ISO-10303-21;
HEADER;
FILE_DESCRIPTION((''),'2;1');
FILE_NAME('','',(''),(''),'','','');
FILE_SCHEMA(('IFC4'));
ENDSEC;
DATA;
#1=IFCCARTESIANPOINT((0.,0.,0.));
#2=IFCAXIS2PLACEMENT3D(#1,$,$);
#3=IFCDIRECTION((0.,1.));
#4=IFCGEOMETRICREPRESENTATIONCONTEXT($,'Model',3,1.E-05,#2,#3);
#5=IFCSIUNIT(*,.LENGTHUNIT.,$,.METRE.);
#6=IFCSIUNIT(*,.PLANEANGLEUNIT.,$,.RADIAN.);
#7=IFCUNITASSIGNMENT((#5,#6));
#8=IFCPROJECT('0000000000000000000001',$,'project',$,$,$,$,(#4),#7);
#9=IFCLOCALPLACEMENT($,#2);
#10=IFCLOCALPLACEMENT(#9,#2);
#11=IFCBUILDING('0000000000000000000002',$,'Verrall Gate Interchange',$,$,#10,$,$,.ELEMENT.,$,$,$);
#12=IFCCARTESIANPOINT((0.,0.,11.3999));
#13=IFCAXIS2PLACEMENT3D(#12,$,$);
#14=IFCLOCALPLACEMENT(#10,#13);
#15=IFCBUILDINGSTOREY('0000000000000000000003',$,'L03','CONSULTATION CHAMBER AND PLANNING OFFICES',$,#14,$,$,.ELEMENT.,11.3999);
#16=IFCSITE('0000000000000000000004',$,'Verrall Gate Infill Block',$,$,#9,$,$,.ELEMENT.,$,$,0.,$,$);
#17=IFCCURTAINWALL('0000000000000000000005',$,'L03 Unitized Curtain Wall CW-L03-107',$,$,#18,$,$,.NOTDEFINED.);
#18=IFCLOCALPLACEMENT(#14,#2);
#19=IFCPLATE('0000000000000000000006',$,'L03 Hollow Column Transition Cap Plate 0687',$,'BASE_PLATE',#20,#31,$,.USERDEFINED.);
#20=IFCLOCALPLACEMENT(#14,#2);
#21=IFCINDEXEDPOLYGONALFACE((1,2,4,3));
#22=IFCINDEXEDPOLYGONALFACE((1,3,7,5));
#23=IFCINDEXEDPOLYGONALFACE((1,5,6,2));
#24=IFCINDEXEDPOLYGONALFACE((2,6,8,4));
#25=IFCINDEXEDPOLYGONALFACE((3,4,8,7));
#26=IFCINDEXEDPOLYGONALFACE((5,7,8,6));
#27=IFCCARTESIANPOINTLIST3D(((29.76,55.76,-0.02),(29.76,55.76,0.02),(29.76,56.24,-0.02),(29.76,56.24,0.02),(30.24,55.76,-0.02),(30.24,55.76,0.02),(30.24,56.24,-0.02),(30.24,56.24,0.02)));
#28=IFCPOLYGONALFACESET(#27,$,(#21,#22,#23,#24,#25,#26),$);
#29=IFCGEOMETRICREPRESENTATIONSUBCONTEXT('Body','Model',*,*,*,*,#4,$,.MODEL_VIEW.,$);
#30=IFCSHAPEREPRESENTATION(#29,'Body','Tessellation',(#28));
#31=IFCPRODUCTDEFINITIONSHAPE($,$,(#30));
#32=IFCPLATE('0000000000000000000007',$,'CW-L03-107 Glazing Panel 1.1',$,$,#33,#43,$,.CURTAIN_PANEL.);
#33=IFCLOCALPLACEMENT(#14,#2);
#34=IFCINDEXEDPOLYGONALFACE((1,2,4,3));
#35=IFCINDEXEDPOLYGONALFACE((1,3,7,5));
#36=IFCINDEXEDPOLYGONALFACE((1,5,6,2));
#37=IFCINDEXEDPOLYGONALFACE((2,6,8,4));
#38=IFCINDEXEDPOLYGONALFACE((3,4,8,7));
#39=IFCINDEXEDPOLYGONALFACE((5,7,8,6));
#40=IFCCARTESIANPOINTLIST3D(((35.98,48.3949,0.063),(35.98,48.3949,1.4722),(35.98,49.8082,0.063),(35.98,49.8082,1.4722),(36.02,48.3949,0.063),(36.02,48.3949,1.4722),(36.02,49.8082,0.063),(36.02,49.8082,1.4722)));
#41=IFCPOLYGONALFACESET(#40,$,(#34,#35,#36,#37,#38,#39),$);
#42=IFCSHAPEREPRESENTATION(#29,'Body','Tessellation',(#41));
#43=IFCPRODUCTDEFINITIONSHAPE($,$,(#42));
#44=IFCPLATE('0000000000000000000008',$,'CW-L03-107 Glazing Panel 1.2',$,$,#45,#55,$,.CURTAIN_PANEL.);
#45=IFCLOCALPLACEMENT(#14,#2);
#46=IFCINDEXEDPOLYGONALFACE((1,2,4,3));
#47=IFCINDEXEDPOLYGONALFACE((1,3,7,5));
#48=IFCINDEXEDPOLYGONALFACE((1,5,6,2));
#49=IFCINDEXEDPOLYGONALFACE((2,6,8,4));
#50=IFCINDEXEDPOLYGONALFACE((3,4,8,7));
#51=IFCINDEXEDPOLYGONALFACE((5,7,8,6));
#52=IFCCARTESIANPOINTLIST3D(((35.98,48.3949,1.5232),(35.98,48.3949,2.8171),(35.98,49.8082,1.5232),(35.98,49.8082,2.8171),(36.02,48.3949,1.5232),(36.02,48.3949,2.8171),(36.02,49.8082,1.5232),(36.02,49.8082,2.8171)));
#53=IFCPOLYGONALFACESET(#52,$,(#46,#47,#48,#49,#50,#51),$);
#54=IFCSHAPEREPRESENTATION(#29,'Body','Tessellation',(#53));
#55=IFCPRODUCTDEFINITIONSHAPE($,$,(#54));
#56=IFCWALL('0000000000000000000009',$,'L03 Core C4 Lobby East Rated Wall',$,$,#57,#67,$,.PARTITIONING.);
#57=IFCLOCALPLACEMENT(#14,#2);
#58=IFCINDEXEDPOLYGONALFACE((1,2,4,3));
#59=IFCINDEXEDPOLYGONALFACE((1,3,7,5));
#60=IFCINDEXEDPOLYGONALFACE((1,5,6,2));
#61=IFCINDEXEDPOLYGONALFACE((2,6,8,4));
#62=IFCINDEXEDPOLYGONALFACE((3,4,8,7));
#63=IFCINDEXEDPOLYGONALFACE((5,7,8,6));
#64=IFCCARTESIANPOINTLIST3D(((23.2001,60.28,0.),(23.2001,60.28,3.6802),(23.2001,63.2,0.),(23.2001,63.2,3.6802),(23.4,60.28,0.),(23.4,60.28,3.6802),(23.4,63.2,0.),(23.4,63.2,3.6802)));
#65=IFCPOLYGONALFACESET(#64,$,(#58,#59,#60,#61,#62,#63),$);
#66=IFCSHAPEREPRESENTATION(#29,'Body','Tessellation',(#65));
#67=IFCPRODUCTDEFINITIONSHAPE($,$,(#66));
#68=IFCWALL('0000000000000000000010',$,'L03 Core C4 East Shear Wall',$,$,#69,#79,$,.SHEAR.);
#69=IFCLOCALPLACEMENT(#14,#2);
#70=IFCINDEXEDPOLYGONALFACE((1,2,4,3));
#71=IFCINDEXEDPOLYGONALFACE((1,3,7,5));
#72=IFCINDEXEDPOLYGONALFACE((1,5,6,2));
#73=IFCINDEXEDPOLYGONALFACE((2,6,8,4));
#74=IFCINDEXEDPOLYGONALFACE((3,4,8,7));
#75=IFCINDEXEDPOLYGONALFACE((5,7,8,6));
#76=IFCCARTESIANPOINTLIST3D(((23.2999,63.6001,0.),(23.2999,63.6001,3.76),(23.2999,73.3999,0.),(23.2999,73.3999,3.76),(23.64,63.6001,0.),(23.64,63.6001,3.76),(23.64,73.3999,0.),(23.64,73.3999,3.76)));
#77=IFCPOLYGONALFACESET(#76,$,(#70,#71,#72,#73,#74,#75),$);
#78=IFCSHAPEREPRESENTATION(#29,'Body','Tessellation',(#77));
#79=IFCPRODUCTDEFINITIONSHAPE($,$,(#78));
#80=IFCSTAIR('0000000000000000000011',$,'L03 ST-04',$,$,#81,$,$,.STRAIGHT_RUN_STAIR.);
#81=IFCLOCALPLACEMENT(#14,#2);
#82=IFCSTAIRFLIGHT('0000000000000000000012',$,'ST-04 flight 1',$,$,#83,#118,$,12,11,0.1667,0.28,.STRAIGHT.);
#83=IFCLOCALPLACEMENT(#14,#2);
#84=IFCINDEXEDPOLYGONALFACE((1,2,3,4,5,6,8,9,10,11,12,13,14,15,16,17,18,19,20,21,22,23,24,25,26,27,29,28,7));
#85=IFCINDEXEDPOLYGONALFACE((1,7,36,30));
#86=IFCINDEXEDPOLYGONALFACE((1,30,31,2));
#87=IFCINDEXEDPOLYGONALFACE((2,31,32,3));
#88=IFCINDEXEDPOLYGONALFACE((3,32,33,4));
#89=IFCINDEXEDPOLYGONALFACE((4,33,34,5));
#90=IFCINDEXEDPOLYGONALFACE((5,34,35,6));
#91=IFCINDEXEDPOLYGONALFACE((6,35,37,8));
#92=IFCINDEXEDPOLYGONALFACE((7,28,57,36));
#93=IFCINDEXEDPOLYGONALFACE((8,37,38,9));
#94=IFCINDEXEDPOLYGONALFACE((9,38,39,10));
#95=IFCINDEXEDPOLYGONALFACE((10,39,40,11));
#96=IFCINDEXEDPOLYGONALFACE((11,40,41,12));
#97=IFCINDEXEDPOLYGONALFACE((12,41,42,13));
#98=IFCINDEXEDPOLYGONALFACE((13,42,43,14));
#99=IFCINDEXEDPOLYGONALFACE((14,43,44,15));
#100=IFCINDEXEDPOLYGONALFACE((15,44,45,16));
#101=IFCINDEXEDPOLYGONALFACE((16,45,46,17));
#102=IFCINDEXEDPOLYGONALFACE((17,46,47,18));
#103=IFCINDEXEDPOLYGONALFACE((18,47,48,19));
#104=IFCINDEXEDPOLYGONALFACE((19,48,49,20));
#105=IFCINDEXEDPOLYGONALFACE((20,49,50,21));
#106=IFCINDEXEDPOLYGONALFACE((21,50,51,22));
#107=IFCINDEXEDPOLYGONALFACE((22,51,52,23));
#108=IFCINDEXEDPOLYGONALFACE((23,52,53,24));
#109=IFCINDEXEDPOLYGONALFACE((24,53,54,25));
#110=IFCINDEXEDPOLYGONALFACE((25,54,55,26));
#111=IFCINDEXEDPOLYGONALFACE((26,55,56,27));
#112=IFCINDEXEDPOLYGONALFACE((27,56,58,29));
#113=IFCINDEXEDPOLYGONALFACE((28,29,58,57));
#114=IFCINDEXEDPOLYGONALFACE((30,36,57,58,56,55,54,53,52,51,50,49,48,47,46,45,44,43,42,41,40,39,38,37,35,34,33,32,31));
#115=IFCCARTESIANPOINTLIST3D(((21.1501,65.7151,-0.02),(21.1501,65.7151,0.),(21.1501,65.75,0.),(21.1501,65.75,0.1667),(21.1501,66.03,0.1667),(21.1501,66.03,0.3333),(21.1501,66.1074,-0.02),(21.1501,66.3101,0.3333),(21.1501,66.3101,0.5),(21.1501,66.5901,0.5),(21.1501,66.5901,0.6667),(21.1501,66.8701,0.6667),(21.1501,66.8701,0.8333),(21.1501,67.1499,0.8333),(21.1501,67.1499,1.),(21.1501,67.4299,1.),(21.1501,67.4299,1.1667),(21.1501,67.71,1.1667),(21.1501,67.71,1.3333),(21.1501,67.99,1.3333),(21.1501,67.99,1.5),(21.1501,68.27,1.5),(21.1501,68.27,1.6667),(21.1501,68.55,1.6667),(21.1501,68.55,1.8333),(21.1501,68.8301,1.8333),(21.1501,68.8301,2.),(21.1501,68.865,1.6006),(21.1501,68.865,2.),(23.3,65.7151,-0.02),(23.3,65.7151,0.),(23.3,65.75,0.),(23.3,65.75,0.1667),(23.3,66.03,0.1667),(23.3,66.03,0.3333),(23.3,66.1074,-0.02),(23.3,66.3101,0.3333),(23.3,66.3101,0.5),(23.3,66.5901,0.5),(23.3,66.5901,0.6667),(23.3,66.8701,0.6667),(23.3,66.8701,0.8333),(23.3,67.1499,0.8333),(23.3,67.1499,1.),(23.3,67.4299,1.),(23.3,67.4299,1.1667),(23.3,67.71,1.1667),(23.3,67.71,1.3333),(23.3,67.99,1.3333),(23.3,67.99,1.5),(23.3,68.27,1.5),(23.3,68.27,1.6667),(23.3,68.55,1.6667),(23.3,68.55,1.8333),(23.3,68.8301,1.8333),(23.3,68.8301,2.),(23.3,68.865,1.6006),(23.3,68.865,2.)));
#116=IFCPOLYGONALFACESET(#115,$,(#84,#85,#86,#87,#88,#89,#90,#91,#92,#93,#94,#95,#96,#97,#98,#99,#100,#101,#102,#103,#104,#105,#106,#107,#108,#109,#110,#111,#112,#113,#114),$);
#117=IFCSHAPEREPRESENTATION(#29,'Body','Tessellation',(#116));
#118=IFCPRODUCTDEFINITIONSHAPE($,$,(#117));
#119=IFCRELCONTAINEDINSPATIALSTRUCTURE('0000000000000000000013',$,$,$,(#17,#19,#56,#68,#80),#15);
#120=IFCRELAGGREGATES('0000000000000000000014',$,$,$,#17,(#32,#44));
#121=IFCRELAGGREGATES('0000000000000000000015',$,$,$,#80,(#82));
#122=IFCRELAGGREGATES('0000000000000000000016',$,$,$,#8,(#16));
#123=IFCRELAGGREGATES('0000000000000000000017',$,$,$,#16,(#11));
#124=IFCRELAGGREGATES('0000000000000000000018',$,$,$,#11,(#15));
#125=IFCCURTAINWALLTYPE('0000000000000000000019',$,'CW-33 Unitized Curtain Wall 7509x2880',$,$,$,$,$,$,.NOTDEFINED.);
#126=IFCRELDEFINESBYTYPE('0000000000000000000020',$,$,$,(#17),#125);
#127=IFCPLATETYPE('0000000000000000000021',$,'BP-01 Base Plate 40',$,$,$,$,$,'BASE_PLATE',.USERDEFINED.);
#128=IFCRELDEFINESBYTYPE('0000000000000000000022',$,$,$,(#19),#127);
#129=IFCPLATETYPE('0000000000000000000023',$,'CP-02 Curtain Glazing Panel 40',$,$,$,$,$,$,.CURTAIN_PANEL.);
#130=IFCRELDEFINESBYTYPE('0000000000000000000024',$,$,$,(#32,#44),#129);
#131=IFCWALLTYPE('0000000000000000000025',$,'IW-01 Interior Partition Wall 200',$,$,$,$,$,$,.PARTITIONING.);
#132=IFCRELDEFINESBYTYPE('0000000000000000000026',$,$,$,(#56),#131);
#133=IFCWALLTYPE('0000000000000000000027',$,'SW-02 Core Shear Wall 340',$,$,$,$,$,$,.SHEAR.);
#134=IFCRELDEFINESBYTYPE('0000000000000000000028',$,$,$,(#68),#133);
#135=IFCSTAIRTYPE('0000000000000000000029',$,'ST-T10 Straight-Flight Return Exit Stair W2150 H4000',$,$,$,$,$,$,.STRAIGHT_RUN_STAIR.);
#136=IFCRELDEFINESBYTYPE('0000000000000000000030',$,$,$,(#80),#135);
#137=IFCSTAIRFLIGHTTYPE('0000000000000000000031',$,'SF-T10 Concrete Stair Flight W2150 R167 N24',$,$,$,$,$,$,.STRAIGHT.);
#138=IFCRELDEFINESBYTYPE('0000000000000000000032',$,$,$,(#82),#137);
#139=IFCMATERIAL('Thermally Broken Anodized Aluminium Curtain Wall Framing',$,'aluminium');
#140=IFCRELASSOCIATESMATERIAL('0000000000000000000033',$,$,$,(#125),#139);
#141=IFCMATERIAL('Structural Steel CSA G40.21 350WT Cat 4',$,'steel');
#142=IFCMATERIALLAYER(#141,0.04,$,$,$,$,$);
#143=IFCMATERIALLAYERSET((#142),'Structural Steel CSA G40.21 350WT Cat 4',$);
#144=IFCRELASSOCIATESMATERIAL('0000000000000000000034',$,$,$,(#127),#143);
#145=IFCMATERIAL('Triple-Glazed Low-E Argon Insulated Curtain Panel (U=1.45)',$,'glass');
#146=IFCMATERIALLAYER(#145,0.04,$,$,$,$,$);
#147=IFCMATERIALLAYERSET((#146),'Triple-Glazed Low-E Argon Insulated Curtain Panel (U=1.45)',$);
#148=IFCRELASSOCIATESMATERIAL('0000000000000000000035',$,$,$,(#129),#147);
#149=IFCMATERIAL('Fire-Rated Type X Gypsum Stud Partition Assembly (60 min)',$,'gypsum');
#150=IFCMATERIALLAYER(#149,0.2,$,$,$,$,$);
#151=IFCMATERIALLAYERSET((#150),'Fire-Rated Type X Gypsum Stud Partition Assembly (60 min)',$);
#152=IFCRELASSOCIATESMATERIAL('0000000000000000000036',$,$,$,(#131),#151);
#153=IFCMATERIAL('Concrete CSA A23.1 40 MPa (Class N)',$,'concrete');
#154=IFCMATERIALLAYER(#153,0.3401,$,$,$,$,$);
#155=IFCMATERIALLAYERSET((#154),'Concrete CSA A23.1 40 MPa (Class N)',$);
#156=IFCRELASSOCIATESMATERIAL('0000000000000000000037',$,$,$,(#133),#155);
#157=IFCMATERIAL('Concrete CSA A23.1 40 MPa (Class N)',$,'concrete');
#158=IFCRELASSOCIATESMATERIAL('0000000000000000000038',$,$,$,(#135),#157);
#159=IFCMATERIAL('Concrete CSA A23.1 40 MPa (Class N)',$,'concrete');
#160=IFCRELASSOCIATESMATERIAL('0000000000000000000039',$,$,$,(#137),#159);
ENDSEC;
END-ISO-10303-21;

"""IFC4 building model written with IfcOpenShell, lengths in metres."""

from ifc_helpers import new_model, si_unit, direction, frame, frame_2d, origin, origin_2d, place, context, subcontext, project, spatial, polyline, rectangle, outline, extrude, material, layer, layer_set, type_object, element, aggregate, save


model = new_model("IFC4")

# Units and contexts
model_context = context("Model", 3, precision=1e-05, world=origin(), true_north=direction((0.0, 1.0)))
body_context = subcontext(model_context, "Body", "Model", "MODEL_VIEW")
ifc_project = project(units=[si_unit("LENGTHUNIT", "METRE"), si_unit("PLANEANGLEUNIT", "RADIAN")], contexts=[model_context])

# Site, building, storey
site_placement = place(None, origin())
site = spatial("IfcSite", under=ifc_project, at=site_placement, Name="Verrall Gate Infill Block", CompositionType="ELEMENT", RefElevation=0.0)
building_placement = place(site_placement, origin())
building = spatial("IfcBuilding", under=site, at=building_placement, Name="Verrall Gate Interchange", CompositionType="ELEMENT")
storey_placement = place(building_placement, frame((0.0, 0.0, 11.3999)))
storey = spatial("IfcBuildingStorey", under=building, at=storey_placement, Name="L03", Description="CONSULTATION CHAMBER AND PLANNING OFFICES", CompositionType="ELEMENT", Elevation=11.3999)

# Curtain wall
ifc_material_1 = material(Name="Thermally Broken Anodized Aluminium Curtain Wall Framing", Category="aluminium")
curtain_wall_type = type_object("IfcCurtainWallType", Name="CW-33 Unitized Curtain Wall 7509x2880", PredefinedType="NOTDEFINED", material=ifc_material_1)
curtain_wall_placement = place(storey_placement, origin())
curtain_wall = element("IfcCurtainWall", 1, at=curtain_wall_placement, inside=storey, type_object=curtain_wall_type, Name="L03 Unitized Curtain Wall CW-L03-107", PredefinedType="NOTDEFINED")

# Plate
ifc_material_2 = material(Name="Structural Steel CSA G40.21 350WT Cat 4", Category="steel")
ifc_layer_1 = layer(ifc_material_2, 0.04)
ifc_layer_set_1 = layer_set([ifc_layer_1], Name="Structural Steel CSA G40.21 350WT Cat 4")
plate_type_1 = type_object("IfcPlateType", Name="BP-01 Base Plate 40", ElementType="BASE_PLATE", PredefinedType="USERDEFINED", material=ifc_layer_set_1)
for number, where, z_axis, x_axis, name in (
    (2, (30.0, 56.0, -0.02), (0.0, 0.0, 1.0), (1.0, 0.0, 0.0), "L03 Hollow Column Transition Cap Plate 0687"),
):
    element("IfcPlate", number, at=place(storey_placement, frame(where, z_axis=z_axis, x_axis=x_axis)), inside=storey, type_object=plate_type_1, Name=name, ObjectType="BASE_PLATE", PredefinedType="USERDEFINED", context=body_context, shape_type="SweptSolid", body=[
        extrude(rectangle(XDim=0.48, YDim=0.48, at=origin_2d()), origin(), (0.0, 0.0, 1.0), 0.04),
    ])

# Plates
ifc_material_3 = material(Name="Triple-Glazed Low-E Argon Insulated Curtain Panel (U=1.45)", Category="glass")
ifc_layer_2 = layer(ifc_material_3, 0.04)
ifc_layer_set_2 = layer_set([ifc_layer_2], Name="Triple-Glazed Low-E Argon Insulated Curtain Panel (U=1.45)")
plate_type_2 = type_object("IfcPlateType", Name="CP-02 Curtain Glazing Panel 40", PredefinedType="CURTAIN_PANEL", material=ifc_layer_set_2)
plate_1_placement = place(storey_placement, frame((36.0, 49.1016, 0.063), z_axis=(0.0, 0.0, 1.0), x_axis=(0.0, 1.0, 0.0)))
plate_1 = element("IfcPlate", 3, at=plate_1_placement, type_object=plate_type_2, Name="CW-L03-107 Glazing Panel 1.1", PredefinedType="CURTAIN_PANEL", context=body_context, shape_type="SweptSolid", body=[
    extrude(rectangle(XDim=1.4133, YDim=0.04, at=origin_2d()), origin(), (0.0, 0.0, 1.0), 1.4092),
])
plate_2_placement = place(storey_placement, frame((36.0, 49.1016, 1.5232), z_axis=(0.0, 0.0, 1.0), x_axis=(0.0, 1.0, 0.0)))
plate_2 = element("IfcPlate", 4, at=plate_2_placement, type_object=plate_type_2, Name="CW-L03-107 Glazing Panel 1.2", PredefinedType="CURTAIN_PANEL", context=body_context, shape_type="SweptSolid", body=[
    extrude(rectangle(XDim=1.4133, YDim=0.04, at=origin_2d()), origin(), (0.0, 0.0, 1.0), 1.2939),
])
aggregate(curtain_wall, [plate_1, plate_2])

# Walls
ifc_material_4 = material(Name="Fire-Rated Type X Gypsum Stud Partition Assembly (60 min)", Category="gypsum")
ifc_layer_3 = layer(ifc_material_4, 0.2)
ifc_layer_set_3 = layer_set([ifc_layer_3], Name="Fire-Rated Type X Gypsum Stud Partition Assembly (60 min)")
wall_type_1 = type_object("IfcWallType", Name="IW-01 Interior Partition Wall 200", PredefinedType="PARTITIONING", material=ifc_layer_set_3)
wall_1_placement = place(storey_placement, frame((23.3, 60.28, 0.0), z_axis=(0.0, 0.0, 1.0), x_axis=(0.0, 1.0, 0.0)))
element("IfcWall", 5, at=wall_1_placement, inside=storey, type_object=wall_type_1, Name="L03 Core C4 Lobby East Rated Wall", PredefinedType="PARTITIONING", context=body_context, shape_type="SweptSolid", body=[
    extrude(rectangle(XDim=2.9199, YDim=0.2, at=frame_2d((1.46, 0.0))), origin(), (0.0, 0.0, 1.0), 3.6802),
])
ifc_material_5 = material(Name="Concrete CSA A23.1 40 MPa (Class N)", Category="concrete")
ifc_layer_4 = layer(ifc_material_5, 0.3401)
ifc_layer_set_4 = layer_set([ifc_layer_4], Name="Concrete CSA A23.1 40 MPa (Class N)")
wall_type_2 = type_object("IfcWallType", Name="SW-02 Core Shear Wall 340", PredefinedType="SHEAR", material=ifc_layer_set_4)
wall_2_placement = place(storey_placement, frame((23.47, 63.6001, 0.0), z_axis=(0.0, 0.0, 1.0), x_axis=(0.0, 1.0, 0.0)))
element("IfcWall", 6, at=wall_2_placement, inside=storey, type_object=wall_type_2, Name="L03 Core C4 East Shear Wall", PredefinedType="SHEAR", context=body_context, shape_type="SweptSolid", body=[
    extrude(rectangle(XDim=9.7998, YDim=0.3401, at=frame_2d((4.8999, 0.0))), origin(), (0.0, 0.0, 1.0), 3.76),
])

# Stair, stair flight
ifc_material_6 = material(Name="Concrete CSA A23.1 40 MPa (Class N)", Category="concrete")
stair_type = type_object("IfcStairType", Name="ST-T10 Straight-Flight Return Exit Stair W2150 H4000", PredefinedType="STRAIGHT_RUN_STAIR", material=ifc_material_6)
stair_placement = place(storey_placement, origin())
stair = element("IfcStair", 7, at=stair_placement, inside=storey, type_object=stair_type, Name="L03 ST-04", PredefinedType="STRAIGHT_RUN_STAIR")
ifc_material_7 = material(Name="Concrete CSA A23.1 40 MPa (Class N)", Category="concrete")
stair_flight_type = type_object("IfcStairFlightType", Name="SF-T10 Concrete Stair Flight W2150 R167 N24", PredefinedType="STRAIGHT", material=ifc_material_7)
stair_flight_placement = place(storey_placement, frame((22.2251, 65.75, 0.0), z_axis=(0.0, 0.0, 1.0), x_axis=(0.0, 1.0, 0.0)))
stair_flight = element("IfcStairFlight", 8, at=stair_flight_placement, type_object=stair_flight_type, Name="ST-04 flight 1", NumberOfRisers=12, NumberOfTreads=11, PredefinedType="STRAIGHT", RiserHeight=0.1667, TreadLength=0.28, context=body_context, shape_type="SweptSolid", body=[
    extrude(outline(polyline([(-0.0349, -0.02), (-0.0349, 0.0), (0.0, 0.0), (0.0, 0.1667), (0.28, 0.1667), (0.28, 0.3333), (0.5601, 0.3333), (0.5601, 0.5), (0.8401, 0.5), (0.8401, 0.6667), (1.1201, 0.6667), (1.1201, 0.8333), (1.3999, 0.8333), (1.3999, 1.0), (1.6799, 1.0), (1.6799, 1.1667), (1.96, 1.1667), (1.96, 1.3333), (2.24, 1.3333), (2.24, 1.5), (2.52, 1.5), (2.52, 1.6667), (2.8, 1.6667), (2.8, 1.8333), (3.0801, 1.8333), (3.0801, 2.0), (3.115, 2.0), (3.115, 1.6006), (0.3574, -0.02), (-0.0349, -0.02)])), frame((0.0, 1.075, 0.0), z_axis=(0.0, -1.0, 0.0), x_axis=(1.0, 0.0, 0.0)), (0.0, 0.0, 1.0), 2.1499),
])
aggregate(stair, [stair_flight])

save(model, "model.ifc")
